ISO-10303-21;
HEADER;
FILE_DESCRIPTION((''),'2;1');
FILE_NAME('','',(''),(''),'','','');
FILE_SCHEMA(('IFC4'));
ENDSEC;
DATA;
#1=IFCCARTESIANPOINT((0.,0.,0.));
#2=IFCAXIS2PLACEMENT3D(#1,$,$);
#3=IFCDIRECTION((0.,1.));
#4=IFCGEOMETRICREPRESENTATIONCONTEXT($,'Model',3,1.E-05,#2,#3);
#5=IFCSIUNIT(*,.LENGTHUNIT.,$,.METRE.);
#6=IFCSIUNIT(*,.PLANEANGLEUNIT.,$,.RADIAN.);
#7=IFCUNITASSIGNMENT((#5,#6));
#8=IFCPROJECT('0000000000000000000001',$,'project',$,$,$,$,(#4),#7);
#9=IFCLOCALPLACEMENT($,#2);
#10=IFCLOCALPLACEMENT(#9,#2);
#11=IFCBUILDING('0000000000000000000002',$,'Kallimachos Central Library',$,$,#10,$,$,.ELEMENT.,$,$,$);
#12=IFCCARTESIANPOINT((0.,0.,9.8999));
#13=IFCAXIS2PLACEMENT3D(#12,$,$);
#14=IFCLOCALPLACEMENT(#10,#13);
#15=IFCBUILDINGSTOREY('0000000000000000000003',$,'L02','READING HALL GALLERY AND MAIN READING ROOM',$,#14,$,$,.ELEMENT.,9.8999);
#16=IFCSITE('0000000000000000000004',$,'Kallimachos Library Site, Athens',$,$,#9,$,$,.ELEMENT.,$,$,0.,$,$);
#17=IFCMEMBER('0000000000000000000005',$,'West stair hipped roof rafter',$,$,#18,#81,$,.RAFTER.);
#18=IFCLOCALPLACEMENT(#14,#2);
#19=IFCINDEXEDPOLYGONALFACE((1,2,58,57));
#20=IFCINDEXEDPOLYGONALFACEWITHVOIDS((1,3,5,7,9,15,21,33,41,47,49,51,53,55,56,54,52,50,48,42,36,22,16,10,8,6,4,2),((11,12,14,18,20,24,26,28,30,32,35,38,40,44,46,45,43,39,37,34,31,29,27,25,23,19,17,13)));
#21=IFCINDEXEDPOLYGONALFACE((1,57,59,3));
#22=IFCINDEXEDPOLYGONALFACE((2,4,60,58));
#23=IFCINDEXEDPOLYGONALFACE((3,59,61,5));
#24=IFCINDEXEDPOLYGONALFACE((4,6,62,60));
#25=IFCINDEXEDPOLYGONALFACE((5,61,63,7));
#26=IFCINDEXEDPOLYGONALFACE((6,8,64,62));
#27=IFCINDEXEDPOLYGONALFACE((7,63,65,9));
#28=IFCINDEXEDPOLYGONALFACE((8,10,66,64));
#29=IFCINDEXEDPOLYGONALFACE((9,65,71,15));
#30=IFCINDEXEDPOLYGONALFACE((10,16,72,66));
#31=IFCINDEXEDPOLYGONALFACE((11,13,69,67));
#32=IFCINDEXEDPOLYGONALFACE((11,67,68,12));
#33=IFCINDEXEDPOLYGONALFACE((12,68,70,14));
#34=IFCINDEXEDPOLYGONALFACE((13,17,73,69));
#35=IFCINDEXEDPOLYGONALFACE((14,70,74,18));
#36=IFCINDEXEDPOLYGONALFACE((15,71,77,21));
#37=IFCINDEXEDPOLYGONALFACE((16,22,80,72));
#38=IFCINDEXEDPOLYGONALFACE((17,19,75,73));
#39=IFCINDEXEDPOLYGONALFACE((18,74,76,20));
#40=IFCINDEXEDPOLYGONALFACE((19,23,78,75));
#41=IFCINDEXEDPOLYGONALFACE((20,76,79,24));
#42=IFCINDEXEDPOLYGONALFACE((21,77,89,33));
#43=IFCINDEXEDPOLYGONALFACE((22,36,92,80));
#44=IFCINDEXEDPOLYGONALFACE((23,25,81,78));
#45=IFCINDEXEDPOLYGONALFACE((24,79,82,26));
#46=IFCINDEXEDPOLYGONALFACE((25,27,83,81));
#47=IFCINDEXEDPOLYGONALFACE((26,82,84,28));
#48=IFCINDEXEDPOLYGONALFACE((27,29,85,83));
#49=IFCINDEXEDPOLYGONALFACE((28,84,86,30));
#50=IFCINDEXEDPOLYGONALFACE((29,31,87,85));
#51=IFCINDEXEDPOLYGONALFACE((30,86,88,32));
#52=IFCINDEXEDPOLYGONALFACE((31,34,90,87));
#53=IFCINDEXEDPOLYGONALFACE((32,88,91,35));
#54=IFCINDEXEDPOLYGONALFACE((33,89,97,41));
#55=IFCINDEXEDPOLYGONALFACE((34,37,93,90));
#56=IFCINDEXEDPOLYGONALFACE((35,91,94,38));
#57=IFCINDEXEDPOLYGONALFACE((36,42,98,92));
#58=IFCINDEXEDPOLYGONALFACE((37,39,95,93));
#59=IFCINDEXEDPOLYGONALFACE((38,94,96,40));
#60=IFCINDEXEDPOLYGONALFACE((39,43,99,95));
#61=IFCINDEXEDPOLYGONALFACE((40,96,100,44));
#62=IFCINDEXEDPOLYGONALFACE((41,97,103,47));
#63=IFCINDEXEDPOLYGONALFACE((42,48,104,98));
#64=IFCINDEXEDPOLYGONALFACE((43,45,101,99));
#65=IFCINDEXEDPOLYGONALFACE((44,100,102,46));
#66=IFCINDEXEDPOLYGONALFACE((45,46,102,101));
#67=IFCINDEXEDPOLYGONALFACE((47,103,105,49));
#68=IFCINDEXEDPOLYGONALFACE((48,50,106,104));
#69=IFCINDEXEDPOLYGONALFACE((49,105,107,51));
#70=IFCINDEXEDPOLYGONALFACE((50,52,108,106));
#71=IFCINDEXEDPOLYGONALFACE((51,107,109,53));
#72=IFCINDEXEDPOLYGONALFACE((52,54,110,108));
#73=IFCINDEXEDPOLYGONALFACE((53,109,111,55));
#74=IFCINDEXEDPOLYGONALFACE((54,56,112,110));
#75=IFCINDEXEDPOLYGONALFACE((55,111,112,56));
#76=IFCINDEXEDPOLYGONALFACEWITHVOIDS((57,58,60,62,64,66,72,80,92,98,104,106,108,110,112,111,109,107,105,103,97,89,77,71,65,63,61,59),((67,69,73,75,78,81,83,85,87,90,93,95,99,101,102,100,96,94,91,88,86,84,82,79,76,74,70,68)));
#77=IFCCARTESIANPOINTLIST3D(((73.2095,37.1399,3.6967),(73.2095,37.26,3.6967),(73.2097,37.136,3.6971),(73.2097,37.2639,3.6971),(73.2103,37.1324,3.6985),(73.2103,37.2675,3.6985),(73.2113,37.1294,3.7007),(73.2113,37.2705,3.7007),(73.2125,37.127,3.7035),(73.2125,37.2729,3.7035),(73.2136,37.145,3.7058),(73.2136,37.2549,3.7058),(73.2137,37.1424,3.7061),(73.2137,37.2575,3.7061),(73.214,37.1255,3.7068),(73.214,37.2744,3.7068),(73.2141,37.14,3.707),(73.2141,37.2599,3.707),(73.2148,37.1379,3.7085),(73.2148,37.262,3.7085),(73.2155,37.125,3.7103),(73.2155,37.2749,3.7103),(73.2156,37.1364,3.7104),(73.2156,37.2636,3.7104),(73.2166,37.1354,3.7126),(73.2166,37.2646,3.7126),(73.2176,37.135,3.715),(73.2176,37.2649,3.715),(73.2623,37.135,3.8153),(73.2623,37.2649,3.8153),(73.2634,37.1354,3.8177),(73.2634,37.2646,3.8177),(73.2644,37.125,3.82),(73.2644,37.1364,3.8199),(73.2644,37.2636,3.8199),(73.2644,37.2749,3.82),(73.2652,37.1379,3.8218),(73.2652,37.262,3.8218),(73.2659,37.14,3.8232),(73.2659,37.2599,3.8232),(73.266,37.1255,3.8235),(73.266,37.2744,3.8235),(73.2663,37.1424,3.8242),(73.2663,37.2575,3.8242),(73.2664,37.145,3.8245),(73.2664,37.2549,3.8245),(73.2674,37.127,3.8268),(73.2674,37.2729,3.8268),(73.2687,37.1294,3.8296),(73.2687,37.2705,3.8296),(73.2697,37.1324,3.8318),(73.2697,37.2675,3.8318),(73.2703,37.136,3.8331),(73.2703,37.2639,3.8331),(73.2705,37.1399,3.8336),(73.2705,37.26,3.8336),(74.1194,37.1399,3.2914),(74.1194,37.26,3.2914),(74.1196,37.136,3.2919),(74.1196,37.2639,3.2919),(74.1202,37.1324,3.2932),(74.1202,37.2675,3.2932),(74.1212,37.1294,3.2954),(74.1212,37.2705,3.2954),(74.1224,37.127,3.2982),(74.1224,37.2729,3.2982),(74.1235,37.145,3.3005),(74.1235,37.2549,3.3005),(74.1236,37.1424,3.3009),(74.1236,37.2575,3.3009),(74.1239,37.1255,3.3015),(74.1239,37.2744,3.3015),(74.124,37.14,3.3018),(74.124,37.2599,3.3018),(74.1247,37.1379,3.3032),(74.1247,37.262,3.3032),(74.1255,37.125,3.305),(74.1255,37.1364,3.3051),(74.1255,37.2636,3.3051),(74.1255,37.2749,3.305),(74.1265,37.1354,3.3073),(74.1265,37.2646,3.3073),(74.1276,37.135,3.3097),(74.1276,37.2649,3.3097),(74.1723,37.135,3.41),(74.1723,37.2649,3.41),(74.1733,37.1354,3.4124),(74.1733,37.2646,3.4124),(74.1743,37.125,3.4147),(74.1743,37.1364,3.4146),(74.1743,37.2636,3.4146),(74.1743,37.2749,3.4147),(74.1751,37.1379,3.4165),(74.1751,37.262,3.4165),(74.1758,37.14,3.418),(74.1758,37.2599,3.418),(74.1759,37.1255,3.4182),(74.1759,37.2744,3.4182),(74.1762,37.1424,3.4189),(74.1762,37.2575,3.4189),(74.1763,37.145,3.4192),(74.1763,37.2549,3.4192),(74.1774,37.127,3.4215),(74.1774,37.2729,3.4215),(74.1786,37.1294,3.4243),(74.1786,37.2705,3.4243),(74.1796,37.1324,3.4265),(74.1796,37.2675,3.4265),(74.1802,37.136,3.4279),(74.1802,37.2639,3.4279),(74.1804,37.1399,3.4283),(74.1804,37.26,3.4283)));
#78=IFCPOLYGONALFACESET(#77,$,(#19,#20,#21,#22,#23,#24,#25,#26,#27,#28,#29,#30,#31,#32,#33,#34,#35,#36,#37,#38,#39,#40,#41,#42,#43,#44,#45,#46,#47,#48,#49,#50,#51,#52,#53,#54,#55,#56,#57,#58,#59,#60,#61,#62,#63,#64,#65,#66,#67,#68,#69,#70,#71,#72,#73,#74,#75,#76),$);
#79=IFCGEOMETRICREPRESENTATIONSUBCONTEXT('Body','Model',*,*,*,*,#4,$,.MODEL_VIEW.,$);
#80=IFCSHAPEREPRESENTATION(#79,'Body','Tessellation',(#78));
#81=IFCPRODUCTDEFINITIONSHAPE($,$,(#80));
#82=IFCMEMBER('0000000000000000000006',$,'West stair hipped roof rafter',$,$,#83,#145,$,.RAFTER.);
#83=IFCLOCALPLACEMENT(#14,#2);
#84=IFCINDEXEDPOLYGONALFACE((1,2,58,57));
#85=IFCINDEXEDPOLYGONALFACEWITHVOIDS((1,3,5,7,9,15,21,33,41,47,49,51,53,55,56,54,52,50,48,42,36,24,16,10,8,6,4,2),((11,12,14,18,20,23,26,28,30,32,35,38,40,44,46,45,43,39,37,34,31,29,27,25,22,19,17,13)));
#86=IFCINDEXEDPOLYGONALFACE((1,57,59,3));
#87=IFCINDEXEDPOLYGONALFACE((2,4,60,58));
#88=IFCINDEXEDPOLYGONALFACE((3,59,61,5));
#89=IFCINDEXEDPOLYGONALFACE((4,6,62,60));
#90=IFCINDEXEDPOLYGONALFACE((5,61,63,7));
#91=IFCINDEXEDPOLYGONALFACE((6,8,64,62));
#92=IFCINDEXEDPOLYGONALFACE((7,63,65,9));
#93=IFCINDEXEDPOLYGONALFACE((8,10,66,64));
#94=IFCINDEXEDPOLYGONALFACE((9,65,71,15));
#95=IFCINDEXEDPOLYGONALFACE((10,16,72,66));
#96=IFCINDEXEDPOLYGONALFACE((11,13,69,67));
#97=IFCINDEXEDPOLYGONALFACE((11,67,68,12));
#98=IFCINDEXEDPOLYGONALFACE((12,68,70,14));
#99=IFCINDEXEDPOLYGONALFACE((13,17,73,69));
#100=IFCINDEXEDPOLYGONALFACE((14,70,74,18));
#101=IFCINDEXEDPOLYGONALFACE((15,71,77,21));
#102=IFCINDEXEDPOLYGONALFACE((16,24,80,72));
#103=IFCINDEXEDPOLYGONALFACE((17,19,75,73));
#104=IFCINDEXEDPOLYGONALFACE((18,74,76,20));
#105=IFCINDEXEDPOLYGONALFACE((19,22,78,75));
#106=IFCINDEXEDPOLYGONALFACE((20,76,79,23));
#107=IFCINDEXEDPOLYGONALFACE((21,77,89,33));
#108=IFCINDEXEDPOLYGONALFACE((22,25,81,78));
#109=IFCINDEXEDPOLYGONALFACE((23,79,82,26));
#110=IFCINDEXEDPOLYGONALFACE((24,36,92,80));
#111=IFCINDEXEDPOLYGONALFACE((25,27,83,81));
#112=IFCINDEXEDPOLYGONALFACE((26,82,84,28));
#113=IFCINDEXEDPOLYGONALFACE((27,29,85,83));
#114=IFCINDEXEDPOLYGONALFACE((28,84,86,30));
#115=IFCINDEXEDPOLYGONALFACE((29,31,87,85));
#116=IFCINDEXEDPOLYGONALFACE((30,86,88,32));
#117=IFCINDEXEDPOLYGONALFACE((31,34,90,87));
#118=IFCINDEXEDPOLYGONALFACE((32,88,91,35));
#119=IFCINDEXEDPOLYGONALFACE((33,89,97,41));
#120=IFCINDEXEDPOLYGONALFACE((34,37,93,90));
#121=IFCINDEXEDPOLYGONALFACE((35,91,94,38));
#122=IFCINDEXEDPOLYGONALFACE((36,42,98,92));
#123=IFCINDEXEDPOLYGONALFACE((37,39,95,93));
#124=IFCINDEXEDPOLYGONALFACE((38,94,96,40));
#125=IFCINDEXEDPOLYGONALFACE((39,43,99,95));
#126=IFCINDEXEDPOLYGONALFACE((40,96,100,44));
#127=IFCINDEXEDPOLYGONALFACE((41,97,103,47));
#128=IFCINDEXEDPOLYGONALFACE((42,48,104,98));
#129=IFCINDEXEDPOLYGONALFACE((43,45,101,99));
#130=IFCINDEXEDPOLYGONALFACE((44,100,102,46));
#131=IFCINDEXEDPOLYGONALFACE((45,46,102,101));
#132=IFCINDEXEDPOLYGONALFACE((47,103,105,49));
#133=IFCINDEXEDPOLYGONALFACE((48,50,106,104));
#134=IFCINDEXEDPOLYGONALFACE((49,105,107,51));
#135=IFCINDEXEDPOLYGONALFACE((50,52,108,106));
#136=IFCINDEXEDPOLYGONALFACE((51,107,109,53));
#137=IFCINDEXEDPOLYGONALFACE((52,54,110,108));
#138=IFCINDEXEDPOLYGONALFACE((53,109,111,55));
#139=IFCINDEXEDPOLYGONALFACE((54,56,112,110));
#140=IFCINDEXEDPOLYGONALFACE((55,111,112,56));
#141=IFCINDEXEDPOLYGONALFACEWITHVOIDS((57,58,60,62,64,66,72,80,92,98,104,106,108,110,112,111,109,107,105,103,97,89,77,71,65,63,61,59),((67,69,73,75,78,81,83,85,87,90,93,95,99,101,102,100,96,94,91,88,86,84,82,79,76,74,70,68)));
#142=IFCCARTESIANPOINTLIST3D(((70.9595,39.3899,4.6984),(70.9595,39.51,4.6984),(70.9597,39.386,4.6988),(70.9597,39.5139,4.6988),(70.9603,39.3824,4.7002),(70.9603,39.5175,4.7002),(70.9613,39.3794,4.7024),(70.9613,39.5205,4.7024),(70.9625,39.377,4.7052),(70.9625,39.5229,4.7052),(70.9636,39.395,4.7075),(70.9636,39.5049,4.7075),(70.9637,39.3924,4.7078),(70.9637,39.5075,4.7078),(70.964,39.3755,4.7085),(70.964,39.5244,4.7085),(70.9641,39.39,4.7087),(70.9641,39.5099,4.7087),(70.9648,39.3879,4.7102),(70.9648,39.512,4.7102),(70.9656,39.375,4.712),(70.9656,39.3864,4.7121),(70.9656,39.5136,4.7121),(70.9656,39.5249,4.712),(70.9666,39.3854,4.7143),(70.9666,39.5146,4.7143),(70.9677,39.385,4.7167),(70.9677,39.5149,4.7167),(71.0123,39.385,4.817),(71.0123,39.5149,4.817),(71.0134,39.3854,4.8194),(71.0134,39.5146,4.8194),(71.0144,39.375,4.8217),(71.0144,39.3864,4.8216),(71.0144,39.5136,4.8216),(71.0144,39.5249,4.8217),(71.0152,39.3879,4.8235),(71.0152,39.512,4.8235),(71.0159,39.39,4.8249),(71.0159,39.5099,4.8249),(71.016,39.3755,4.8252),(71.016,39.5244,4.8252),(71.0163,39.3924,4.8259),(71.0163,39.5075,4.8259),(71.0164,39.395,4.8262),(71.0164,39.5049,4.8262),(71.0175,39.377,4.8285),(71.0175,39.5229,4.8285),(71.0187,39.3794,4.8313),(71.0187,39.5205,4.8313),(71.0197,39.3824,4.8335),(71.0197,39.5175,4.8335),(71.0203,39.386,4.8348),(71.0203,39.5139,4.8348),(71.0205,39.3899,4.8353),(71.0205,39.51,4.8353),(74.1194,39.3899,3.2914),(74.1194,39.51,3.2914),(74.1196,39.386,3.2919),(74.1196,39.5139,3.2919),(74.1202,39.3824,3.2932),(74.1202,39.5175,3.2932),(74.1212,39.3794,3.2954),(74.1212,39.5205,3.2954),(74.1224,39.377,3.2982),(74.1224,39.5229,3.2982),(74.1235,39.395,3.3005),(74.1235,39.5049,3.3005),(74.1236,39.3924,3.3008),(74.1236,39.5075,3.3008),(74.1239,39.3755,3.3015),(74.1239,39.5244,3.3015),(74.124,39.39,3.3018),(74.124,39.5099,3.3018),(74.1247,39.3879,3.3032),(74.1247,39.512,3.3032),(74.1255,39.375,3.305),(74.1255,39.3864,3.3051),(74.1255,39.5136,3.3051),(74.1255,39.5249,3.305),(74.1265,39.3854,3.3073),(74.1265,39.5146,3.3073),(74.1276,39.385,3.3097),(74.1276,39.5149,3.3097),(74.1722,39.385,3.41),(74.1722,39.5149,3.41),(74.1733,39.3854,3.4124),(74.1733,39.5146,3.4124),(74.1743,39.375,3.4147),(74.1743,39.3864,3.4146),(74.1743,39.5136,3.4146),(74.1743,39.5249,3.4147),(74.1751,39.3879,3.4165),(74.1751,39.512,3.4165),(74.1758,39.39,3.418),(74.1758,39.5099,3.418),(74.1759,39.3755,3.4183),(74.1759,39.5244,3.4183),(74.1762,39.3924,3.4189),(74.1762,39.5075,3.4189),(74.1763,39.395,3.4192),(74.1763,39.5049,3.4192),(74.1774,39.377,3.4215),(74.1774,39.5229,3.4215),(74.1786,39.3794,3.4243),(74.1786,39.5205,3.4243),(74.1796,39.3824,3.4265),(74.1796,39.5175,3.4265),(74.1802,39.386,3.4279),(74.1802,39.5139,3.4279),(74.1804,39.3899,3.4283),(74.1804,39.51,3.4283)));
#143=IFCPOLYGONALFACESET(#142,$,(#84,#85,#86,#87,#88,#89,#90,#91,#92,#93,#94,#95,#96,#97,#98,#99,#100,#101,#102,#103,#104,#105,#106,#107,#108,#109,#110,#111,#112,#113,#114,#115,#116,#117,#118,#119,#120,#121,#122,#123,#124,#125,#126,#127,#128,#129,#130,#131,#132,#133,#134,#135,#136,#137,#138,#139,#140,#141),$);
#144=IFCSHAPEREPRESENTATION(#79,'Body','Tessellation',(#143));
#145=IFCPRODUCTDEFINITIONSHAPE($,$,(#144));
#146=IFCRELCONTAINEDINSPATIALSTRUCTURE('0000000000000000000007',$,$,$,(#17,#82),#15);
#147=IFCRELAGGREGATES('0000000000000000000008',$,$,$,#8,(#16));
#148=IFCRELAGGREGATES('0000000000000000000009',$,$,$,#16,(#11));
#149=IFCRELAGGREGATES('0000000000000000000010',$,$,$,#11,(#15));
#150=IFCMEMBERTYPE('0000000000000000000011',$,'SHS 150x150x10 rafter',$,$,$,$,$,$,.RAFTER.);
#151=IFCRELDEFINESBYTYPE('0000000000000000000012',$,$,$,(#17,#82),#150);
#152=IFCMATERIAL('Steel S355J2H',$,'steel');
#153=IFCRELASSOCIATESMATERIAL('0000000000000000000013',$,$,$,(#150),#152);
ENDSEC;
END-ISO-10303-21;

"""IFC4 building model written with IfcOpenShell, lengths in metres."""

from ifc_helpers import new_model, si_unit, direction, frame, origin, origin_2d, place, context, subcontext, project, spatial, hollow_rectangle, extrude, material, material_profile, profile_set, type_object, element, save


model = new_model("IFC4")

# Units and contexts
model_context = context("Model", 3, precision=1e-05, world=origin(), true_north=direction((0.0, 1.0)))
body_context = subcontext(model_context, "Body", "Model", "MODEL_VIEW")
ifc_project = project(units=[si_unit("LENGTHUNIT", "METRE"), si_unit("PLANEANGLEUNIT", "RADIAN")], contexts=[model_context])

# Site, building, storey
site_placement = place(None, origin())
site = spatial("IfcSite", under=ifc_project, at=site_placement, Name="Kallimachos Library Site, Athens", CompositionType="ELEMENT", RefElevation=0.0)
building_placement = place(site_placement, origin())
building = spatial("IfcBuilding", under=site, at=building_placement, Name="Kallimachos Central Library", CompositionType="ELEMENT")
storey_placement = place(building_placement, frame((0.0, 0.0, 9.8999)))
storey = spatial("IfcBuildingStorey", under=building, at=storey_placement, Name="L02", Description="READING HALL GALLERY AND MAIN READING ROOM", CompositionType="ELEMENT", Elevation=9.8999)

# Members
ifc_material_1 = material(Name="Steel S355J2H", Category="steel")
ifc_material_profile_1 = material_profile(ifc_material_1, hollow_rectangle(XDim=0.1499, YDim=0.1499, WallThickness=0.01, InnerFilletRadius=0.01, OuterFilletRadius=0.0149, at=origin_2d()), Name="SHS 150x150x10")
ifc_profile_set_1 = profile_set([ifc_material_profile_1], Name="Steel S355J2H")
member_type_1 = type_object("IfcMemberType", Name="SHS 150x150x10 rafter", PredefinedType="RAFTER", material=ifc_profile_set_1)
member_1_placement = place(storey_placement, frame((74.1499, 37.2, 3.3599), z_axis=(-0.913488, 0.0, 0.406866), x_axis=(0.0, -1.0, 0.0)))
element("IfcMember", 1, at=member_1_placement, inside=storey, type_object=member_type_1, Name="West stair hipped roof rafter", PredefinedType="RAFTER", context=body_context, shape_type="SweptSolid", body=[
    extrude(hollow_rectangle(XDim=0.1499, YDim=0.1499, WallThickness=0.01, InnerFilletRadius=0.01, OuterFilletRadius=0.0149, at=origin_2d()), origin(), (0.0, 0.0, 1.0), 0.9961),
])
member_2_placement = place(storey_placement, frame((74.1499, 39.45, 3.3599), z_axis=(-0.913535, 0.0, 0.406761), x_axis=(0.0, -1.0, 0.0)))
element("IfcMember", 2, at=member_2_placement, inside=storey, type_object=member_type_1, Name="West stair hipped roof rafter", PredefinedType="RAFTER", context=body_context, shape_type="SweptSolid", body=[
    extrude(hollow_rectangle(XDim=0.1499, YDim=0.1499, WallThickness=0.01, InnerFilletRadius=0.01, OuterFilletRadius=0.0149, at=origin_2d()), origin(), (0.0, 0.0, 1.0), 3.459),
])

save(model, "model.ifc")
